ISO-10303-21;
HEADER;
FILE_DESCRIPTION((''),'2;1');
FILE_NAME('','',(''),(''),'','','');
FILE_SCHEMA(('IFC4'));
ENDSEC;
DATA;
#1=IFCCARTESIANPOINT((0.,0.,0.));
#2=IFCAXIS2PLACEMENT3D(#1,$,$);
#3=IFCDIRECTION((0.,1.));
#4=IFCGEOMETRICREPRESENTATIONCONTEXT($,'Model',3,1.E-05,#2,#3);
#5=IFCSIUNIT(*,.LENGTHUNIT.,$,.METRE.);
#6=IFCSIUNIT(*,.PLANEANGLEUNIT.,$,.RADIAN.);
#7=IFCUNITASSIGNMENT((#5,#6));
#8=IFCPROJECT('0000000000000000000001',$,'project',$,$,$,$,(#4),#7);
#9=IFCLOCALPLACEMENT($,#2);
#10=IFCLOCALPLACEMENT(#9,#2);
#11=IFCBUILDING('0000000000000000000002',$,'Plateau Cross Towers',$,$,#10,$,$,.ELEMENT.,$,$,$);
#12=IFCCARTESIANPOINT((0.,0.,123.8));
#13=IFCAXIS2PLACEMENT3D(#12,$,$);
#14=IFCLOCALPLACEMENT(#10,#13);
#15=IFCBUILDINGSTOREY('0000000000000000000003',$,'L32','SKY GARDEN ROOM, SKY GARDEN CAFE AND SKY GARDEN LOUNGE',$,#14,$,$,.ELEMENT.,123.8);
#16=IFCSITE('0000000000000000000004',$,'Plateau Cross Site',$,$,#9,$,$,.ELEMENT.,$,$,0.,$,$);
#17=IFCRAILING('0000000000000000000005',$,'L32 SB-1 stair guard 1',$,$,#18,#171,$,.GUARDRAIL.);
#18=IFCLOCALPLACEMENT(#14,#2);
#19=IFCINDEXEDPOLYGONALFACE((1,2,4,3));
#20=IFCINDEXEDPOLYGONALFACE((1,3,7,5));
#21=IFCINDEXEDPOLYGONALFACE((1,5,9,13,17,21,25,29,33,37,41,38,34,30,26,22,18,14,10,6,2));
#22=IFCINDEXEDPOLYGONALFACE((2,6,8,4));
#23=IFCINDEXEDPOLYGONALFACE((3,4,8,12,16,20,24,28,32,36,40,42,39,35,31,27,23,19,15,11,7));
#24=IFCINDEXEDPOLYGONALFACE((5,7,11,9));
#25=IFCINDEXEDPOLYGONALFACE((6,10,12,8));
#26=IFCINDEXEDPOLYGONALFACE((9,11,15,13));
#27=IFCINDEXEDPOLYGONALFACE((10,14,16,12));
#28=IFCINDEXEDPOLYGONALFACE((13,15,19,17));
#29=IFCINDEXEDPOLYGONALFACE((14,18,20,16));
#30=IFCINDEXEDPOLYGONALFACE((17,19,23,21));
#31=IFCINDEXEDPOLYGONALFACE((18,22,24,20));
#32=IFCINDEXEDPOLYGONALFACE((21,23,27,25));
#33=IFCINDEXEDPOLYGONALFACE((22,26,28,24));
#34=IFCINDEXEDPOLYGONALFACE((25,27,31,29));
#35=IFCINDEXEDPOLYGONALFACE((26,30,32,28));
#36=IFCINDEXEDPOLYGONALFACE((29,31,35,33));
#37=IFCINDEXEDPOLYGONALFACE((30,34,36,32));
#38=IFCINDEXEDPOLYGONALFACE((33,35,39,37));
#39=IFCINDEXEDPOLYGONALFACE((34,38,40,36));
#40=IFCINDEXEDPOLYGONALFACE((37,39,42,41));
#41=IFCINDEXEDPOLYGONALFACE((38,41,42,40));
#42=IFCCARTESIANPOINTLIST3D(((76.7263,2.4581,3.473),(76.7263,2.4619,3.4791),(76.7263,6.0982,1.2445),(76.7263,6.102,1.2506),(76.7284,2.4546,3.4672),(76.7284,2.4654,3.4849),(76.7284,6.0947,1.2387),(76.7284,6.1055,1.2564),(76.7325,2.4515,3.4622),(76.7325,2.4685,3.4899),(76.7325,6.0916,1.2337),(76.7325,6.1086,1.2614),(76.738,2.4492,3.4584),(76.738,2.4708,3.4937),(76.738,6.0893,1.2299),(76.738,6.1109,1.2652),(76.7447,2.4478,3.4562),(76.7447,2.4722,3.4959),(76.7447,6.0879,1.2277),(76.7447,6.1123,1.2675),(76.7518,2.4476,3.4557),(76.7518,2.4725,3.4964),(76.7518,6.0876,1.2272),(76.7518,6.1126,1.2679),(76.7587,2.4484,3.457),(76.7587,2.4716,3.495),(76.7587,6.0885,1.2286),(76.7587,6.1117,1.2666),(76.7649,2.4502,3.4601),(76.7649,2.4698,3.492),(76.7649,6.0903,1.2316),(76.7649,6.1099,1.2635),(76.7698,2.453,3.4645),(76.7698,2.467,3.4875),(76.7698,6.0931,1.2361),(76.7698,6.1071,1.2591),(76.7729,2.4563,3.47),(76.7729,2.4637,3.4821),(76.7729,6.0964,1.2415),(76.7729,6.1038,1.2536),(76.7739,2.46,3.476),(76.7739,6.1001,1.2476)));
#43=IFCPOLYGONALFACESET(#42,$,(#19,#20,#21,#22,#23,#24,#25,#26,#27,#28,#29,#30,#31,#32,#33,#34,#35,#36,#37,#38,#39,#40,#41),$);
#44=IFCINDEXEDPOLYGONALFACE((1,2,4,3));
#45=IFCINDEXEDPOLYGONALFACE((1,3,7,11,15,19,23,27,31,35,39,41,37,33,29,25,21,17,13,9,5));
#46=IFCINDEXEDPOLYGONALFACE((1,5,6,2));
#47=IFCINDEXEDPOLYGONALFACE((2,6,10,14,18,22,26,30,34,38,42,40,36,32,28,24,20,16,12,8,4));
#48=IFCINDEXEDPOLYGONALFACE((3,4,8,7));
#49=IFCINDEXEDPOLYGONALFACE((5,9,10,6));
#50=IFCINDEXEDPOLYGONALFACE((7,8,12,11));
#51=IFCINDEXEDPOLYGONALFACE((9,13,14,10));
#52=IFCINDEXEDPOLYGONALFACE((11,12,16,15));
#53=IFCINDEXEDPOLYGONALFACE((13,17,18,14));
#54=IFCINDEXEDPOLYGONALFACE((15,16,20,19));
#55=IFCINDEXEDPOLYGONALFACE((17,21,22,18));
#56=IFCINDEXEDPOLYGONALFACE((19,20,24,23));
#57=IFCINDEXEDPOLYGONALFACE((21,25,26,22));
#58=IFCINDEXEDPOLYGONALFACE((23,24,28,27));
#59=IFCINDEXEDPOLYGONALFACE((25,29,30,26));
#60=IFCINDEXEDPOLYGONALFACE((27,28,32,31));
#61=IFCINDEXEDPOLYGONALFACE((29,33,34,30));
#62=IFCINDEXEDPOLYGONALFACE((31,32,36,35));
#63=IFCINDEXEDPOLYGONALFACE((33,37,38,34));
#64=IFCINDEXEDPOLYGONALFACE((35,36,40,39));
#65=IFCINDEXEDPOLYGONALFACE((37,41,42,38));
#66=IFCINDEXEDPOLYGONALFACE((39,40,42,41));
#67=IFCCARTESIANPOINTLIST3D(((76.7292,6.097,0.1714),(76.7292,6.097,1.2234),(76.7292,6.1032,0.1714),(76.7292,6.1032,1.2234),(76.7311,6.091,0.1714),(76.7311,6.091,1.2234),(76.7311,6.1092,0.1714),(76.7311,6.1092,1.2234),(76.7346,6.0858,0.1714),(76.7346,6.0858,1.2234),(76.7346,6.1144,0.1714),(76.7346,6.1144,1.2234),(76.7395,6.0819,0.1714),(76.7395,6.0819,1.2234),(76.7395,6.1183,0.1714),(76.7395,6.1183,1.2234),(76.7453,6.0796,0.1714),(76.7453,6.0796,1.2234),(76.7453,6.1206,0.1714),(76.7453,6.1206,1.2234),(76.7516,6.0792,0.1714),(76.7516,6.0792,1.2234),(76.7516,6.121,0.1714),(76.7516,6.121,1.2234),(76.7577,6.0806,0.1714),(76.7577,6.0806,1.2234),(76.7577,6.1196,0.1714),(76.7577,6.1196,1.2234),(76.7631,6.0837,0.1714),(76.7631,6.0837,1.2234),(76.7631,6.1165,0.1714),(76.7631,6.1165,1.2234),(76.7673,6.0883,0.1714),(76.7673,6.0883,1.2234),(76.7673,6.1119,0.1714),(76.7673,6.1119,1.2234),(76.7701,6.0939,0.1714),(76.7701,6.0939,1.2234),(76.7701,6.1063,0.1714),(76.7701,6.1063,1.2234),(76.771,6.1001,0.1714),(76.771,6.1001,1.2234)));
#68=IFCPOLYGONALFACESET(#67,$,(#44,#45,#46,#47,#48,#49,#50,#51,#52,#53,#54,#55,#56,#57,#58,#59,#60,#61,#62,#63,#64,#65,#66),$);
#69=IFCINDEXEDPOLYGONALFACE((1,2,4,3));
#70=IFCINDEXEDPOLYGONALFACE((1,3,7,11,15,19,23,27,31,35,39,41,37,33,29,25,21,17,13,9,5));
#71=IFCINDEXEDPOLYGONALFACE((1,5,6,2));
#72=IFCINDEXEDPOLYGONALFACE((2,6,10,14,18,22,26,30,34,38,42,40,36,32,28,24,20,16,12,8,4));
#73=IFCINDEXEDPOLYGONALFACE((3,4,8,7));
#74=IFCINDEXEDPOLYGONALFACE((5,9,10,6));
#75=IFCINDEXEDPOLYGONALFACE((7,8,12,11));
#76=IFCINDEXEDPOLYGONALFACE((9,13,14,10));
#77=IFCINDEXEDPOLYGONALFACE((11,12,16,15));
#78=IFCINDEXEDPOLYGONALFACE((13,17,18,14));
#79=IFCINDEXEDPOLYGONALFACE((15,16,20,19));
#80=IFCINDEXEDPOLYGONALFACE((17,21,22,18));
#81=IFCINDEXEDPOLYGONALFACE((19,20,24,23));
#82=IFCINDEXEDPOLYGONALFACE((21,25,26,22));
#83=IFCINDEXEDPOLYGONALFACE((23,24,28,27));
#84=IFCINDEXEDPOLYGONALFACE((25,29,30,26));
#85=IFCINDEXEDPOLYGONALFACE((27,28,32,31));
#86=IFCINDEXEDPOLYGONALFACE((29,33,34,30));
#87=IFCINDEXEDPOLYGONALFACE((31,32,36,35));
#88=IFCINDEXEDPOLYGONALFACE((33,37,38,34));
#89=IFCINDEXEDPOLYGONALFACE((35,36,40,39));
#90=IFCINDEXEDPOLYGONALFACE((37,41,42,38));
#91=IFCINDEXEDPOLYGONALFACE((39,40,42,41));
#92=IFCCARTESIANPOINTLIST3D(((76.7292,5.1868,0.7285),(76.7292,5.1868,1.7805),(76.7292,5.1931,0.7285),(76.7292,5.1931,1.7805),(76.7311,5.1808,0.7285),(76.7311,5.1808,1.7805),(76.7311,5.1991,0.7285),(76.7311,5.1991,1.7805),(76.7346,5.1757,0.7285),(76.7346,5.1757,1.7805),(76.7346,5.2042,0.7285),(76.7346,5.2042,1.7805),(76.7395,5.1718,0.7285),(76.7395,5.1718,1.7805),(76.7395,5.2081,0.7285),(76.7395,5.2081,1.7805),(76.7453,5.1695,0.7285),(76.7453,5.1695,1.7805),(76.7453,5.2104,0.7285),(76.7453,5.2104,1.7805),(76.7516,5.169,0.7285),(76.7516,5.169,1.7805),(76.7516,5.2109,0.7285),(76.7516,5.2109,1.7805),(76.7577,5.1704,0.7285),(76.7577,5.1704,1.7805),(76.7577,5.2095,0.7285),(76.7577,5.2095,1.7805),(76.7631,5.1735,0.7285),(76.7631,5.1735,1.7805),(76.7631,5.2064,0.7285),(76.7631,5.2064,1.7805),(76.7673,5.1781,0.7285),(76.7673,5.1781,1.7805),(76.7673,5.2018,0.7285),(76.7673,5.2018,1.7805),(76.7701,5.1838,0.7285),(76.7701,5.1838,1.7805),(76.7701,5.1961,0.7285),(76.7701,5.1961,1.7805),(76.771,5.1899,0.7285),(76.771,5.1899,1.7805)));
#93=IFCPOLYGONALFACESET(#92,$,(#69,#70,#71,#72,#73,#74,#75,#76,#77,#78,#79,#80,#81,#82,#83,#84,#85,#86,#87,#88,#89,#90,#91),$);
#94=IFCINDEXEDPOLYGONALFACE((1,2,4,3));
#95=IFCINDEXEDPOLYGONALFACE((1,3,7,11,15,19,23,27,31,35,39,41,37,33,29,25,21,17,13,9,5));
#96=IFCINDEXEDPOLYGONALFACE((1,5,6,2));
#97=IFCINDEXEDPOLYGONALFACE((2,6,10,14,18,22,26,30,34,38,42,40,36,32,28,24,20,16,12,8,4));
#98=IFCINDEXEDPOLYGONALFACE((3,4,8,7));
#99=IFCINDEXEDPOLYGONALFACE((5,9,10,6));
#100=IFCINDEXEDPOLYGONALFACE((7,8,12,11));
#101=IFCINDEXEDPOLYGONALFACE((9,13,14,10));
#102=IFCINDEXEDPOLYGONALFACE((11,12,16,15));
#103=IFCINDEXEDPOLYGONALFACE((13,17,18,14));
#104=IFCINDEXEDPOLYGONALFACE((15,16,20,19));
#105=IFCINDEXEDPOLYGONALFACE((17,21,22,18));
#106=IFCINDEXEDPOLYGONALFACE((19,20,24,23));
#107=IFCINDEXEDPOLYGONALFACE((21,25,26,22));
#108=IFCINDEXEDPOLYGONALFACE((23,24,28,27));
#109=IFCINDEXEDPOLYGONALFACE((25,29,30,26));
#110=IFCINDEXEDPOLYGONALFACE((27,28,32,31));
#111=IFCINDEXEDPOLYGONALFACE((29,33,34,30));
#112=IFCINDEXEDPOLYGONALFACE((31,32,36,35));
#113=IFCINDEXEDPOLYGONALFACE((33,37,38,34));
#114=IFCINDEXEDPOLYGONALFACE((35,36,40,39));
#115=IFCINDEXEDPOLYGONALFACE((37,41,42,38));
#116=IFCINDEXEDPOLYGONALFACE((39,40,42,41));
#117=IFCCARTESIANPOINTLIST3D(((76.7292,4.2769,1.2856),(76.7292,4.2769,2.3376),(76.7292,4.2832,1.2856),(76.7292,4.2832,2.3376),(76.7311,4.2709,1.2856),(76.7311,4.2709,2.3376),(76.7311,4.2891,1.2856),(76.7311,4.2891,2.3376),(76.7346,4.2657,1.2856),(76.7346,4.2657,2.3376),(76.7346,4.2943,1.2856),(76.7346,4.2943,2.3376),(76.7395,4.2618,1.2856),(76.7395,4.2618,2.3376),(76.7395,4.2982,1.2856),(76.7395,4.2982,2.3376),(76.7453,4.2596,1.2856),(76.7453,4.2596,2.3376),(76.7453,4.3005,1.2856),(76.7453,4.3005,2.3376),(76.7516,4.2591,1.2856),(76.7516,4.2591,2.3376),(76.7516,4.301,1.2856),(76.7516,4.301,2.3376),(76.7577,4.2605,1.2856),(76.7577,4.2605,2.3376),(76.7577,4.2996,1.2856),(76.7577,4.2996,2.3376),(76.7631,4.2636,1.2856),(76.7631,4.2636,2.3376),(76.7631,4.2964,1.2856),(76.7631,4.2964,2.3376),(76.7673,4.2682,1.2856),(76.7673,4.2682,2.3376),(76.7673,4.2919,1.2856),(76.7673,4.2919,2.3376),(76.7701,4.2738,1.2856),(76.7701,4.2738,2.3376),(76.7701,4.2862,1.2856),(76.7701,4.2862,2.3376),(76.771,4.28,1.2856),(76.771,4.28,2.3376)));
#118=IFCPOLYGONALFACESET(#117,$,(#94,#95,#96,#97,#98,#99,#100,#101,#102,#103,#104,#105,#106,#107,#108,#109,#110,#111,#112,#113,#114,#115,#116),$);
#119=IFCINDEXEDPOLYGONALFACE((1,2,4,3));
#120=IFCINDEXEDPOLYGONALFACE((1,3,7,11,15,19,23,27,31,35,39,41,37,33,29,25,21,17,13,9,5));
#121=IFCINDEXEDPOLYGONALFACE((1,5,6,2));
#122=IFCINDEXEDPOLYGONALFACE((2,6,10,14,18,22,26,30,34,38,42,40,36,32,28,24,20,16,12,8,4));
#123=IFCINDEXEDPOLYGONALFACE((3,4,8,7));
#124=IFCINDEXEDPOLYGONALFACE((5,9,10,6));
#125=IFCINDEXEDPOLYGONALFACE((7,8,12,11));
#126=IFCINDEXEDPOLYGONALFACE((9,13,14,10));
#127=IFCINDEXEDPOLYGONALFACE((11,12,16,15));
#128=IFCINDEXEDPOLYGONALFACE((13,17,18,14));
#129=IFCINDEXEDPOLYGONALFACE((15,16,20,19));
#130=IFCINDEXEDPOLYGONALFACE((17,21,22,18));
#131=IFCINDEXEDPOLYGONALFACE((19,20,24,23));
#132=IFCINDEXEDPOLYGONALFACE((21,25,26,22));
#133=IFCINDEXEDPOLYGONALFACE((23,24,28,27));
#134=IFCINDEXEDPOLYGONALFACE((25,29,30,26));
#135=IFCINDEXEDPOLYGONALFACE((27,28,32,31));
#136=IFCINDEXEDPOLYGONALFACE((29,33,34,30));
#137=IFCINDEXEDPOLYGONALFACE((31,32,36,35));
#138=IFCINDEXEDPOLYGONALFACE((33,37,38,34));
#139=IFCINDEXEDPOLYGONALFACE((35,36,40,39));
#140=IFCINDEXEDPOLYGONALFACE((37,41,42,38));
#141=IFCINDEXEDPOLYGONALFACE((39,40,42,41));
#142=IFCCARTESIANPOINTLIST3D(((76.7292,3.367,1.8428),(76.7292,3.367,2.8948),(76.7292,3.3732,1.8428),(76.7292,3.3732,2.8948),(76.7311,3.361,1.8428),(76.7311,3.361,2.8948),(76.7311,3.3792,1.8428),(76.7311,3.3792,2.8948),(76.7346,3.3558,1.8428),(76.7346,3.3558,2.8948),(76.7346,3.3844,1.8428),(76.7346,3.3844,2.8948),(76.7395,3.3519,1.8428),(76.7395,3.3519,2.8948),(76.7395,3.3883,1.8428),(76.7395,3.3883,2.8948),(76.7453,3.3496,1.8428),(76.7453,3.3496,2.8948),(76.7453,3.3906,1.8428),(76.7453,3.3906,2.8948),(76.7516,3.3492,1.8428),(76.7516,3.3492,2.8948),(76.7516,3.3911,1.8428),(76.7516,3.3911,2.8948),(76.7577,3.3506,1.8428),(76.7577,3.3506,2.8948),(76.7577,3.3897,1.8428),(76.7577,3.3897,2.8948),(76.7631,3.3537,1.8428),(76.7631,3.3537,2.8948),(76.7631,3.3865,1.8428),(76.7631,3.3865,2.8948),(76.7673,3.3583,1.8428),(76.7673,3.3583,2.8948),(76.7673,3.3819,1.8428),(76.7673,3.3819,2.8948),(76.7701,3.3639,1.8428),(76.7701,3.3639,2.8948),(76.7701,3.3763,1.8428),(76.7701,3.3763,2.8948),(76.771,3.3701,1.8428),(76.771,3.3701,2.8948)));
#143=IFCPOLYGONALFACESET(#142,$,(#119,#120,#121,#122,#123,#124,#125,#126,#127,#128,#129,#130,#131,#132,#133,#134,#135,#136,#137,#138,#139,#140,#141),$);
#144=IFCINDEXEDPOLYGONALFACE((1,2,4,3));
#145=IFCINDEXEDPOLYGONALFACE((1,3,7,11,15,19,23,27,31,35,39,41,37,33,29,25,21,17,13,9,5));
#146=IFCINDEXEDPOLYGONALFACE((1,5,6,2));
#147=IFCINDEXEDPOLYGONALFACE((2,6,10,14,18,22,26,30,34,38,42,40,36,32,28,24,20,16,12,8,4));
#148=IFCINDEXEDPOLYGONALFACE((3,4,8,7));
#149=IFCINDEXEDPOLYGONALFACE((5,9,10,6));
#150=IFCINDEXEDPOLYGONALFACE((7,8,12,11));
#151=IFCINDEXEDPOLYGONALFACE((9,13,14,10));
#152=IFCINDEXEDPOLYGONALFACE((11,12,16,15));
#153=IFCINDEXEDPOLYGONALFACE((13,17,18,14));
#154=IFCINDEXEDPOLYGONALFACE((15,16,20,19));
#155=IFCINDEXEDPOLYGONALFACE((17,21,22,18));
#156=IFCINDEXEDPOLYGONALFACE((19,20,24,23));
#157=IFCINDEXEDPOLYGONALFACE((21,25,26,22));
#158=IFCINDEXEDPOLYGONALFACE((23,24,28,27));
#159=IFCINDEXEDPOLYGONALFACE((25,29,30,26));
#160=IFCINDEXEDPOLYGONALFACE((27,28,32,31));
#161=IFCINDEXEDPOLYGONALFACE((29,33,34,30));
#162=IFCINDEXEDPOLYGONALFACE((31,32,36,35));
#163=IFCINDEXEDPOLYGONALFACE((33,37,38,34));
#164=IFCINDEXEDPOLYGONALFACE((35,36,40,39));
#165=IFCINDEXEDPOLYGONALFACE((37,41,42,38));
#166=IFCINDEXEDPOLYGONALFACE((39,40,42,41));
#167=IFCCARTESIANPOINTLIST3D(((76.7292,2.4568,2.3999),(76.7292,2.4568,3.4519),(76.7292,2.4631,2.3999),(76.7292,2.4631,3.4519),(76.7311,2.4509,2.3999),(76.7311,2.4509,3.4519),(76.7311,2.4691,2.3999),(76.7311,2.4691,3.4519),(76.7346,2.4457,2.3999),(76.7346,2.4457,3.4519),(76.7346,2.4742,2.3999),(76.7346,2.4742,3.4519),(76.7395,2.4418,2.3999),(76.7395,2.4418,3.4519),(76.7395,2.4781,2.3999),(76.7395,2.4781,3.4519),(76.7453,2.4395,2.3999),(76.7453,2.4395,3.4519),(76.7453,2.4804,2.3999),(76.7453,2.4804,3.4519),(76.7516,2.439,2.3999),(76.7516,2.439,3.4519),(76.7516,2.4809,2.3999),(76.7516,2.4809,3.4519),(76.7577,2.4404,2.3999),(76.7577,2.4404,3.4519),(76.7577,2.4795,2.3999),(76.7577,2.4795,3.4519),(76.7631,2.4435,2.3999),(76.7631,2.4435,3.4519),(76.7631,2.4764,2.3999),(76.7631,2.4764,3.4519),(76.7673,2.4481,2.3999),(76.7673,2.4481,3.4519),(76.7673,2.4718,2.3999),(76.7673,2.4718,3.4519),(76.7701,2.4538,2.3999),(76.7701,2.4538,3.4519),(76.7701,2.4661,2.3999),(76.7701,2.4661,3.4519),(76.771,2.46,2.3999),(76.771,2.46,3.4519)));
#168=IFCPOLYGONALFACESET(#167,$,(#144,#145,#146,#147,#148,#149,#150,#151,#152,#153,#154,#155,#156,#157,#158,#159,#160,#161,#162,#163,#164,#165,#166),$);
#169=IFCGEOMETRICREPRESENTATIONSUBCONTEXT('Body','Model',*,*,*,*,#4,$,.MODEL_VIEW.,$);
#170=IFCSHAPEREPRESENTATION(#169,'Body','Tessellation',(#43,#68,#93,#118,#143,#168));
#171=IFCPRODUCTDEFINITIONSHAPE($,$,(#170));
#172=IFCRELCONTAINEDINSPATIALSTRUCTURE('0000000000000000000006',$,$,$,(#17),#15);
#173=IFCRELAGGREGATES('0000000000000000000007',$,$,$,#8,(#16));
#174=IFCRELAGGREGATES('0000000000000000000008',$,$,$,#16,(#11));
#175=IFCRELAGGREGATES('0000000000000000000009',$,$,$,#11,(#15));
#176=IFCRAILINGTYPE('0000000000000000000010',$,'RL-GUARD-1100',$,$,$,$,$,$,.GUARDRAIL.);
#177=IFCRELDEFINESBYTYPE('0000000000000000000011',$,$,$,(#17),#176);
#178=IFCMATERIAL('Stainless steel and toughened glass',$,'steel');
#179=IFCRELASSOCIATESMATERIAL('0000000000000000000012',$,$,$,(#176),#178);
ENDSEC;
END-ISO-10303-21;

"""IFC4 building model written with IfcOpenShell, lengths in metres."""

from ifc_helpers import new_model, si_unit, direction, frame, origin, origin_2d, place, context, subcontext, project, spatial, circle, extrude, material, type_object, element, save


model = new_model("IFC4")

# Units and contexts
model_context = context("Model", 3, precision=1e-05, world=origin(), true_north=direction((0.0, 1.0)))
body_context = subcontext(model_context, "Body", "Model", "MODEL_VIEW")
ifc_project = project(units=[si_unit("LENGTHUNIT", "METRE"), si_unit("PLANEANGLEUNIT", "RADIAN")], contexts=[model_context])

# Site, building, storey
site_placement = place(None, origin())
site = spatial("IfcSite", under=ifc_project, at=site_placement, Name="Plateau Cross Site", CompositionType="ELEMENT", RefElevation=0.0)
building_placement = place(site_placement, origin())
building = spatial("IfcBuilding", under=site, at=building_placement, Name="Plateau Cross Towers", CompositionType="ELEMENT")
storey_placement = place(building_placement, frame((0.0, 0.0, 123.8)))
storey = spatial("IfcBuildingStorey", under=building, at=storey_placement, Name="L32", Description="SKY GARDEN ROOM, SKY GARDEN CAFE AND SKY GARDEN LOUNGE", CompositionType="ELEMENT", Elevation=123.8)

# Railing
ifc_material_1 = material(Name="Stainless steel and toughened glass", Category="steel")
railing_type_1 = type_object("IfcRailingType", Name="RL-GUARD-1100", PredefinedType="GUARDRAIL", material=ifc_material_1)
railing_1_placement = place(storey_placement, frame((76.75, 6.1001, 0.1714)))
element("IfcRailing", 1, at=railing_1_placement, inside=storey, type_object=railing_type_1, Name="L32 SB-1 stair guard 1", PredefinedType="GUARDRAIL", context=body_context, shape_type="SweptSolid", body=[
    extrude(circle(Radius=0.0239, at=origin_2d()), frame((0.0, 0.0, 1.0762), z_axis=(0.0, -0.852866, 0.52213), x_axis=(1.0, 0.0, 0.0)), (0.0, 0.0, 1.0), 4.2681),
    extrude(circle(Radius=0.021, at=origin_2d()), origin(), (0.0, 0.0, 1.0), 1.052),
    extrude(circle(Radius=0.021, at=origin_2d()), frame((0.0, -0.9102, 0.5571)), (0.0, 0.0, 1.0), 1.052),
    extrude(circle(Radius=0.021, at=origin_2d()), frame((0.0, -1.8201, 1.1143)), (0.0, 0.0, 1.0), 1.052),
    extrude(circle(Radius=0.021, at=origin_2d()), frame((0.0, -2.73, 1.6714)), (0.0, 0.0, 1.0), 1.052),
    extrude(circle(Radius=0.021, at=origin_2d()), frame((0.0, -3.6401, 2.2285)), (0.0, 0.0, 1.0), 1.052),
])

save(model, "model.ifc")
